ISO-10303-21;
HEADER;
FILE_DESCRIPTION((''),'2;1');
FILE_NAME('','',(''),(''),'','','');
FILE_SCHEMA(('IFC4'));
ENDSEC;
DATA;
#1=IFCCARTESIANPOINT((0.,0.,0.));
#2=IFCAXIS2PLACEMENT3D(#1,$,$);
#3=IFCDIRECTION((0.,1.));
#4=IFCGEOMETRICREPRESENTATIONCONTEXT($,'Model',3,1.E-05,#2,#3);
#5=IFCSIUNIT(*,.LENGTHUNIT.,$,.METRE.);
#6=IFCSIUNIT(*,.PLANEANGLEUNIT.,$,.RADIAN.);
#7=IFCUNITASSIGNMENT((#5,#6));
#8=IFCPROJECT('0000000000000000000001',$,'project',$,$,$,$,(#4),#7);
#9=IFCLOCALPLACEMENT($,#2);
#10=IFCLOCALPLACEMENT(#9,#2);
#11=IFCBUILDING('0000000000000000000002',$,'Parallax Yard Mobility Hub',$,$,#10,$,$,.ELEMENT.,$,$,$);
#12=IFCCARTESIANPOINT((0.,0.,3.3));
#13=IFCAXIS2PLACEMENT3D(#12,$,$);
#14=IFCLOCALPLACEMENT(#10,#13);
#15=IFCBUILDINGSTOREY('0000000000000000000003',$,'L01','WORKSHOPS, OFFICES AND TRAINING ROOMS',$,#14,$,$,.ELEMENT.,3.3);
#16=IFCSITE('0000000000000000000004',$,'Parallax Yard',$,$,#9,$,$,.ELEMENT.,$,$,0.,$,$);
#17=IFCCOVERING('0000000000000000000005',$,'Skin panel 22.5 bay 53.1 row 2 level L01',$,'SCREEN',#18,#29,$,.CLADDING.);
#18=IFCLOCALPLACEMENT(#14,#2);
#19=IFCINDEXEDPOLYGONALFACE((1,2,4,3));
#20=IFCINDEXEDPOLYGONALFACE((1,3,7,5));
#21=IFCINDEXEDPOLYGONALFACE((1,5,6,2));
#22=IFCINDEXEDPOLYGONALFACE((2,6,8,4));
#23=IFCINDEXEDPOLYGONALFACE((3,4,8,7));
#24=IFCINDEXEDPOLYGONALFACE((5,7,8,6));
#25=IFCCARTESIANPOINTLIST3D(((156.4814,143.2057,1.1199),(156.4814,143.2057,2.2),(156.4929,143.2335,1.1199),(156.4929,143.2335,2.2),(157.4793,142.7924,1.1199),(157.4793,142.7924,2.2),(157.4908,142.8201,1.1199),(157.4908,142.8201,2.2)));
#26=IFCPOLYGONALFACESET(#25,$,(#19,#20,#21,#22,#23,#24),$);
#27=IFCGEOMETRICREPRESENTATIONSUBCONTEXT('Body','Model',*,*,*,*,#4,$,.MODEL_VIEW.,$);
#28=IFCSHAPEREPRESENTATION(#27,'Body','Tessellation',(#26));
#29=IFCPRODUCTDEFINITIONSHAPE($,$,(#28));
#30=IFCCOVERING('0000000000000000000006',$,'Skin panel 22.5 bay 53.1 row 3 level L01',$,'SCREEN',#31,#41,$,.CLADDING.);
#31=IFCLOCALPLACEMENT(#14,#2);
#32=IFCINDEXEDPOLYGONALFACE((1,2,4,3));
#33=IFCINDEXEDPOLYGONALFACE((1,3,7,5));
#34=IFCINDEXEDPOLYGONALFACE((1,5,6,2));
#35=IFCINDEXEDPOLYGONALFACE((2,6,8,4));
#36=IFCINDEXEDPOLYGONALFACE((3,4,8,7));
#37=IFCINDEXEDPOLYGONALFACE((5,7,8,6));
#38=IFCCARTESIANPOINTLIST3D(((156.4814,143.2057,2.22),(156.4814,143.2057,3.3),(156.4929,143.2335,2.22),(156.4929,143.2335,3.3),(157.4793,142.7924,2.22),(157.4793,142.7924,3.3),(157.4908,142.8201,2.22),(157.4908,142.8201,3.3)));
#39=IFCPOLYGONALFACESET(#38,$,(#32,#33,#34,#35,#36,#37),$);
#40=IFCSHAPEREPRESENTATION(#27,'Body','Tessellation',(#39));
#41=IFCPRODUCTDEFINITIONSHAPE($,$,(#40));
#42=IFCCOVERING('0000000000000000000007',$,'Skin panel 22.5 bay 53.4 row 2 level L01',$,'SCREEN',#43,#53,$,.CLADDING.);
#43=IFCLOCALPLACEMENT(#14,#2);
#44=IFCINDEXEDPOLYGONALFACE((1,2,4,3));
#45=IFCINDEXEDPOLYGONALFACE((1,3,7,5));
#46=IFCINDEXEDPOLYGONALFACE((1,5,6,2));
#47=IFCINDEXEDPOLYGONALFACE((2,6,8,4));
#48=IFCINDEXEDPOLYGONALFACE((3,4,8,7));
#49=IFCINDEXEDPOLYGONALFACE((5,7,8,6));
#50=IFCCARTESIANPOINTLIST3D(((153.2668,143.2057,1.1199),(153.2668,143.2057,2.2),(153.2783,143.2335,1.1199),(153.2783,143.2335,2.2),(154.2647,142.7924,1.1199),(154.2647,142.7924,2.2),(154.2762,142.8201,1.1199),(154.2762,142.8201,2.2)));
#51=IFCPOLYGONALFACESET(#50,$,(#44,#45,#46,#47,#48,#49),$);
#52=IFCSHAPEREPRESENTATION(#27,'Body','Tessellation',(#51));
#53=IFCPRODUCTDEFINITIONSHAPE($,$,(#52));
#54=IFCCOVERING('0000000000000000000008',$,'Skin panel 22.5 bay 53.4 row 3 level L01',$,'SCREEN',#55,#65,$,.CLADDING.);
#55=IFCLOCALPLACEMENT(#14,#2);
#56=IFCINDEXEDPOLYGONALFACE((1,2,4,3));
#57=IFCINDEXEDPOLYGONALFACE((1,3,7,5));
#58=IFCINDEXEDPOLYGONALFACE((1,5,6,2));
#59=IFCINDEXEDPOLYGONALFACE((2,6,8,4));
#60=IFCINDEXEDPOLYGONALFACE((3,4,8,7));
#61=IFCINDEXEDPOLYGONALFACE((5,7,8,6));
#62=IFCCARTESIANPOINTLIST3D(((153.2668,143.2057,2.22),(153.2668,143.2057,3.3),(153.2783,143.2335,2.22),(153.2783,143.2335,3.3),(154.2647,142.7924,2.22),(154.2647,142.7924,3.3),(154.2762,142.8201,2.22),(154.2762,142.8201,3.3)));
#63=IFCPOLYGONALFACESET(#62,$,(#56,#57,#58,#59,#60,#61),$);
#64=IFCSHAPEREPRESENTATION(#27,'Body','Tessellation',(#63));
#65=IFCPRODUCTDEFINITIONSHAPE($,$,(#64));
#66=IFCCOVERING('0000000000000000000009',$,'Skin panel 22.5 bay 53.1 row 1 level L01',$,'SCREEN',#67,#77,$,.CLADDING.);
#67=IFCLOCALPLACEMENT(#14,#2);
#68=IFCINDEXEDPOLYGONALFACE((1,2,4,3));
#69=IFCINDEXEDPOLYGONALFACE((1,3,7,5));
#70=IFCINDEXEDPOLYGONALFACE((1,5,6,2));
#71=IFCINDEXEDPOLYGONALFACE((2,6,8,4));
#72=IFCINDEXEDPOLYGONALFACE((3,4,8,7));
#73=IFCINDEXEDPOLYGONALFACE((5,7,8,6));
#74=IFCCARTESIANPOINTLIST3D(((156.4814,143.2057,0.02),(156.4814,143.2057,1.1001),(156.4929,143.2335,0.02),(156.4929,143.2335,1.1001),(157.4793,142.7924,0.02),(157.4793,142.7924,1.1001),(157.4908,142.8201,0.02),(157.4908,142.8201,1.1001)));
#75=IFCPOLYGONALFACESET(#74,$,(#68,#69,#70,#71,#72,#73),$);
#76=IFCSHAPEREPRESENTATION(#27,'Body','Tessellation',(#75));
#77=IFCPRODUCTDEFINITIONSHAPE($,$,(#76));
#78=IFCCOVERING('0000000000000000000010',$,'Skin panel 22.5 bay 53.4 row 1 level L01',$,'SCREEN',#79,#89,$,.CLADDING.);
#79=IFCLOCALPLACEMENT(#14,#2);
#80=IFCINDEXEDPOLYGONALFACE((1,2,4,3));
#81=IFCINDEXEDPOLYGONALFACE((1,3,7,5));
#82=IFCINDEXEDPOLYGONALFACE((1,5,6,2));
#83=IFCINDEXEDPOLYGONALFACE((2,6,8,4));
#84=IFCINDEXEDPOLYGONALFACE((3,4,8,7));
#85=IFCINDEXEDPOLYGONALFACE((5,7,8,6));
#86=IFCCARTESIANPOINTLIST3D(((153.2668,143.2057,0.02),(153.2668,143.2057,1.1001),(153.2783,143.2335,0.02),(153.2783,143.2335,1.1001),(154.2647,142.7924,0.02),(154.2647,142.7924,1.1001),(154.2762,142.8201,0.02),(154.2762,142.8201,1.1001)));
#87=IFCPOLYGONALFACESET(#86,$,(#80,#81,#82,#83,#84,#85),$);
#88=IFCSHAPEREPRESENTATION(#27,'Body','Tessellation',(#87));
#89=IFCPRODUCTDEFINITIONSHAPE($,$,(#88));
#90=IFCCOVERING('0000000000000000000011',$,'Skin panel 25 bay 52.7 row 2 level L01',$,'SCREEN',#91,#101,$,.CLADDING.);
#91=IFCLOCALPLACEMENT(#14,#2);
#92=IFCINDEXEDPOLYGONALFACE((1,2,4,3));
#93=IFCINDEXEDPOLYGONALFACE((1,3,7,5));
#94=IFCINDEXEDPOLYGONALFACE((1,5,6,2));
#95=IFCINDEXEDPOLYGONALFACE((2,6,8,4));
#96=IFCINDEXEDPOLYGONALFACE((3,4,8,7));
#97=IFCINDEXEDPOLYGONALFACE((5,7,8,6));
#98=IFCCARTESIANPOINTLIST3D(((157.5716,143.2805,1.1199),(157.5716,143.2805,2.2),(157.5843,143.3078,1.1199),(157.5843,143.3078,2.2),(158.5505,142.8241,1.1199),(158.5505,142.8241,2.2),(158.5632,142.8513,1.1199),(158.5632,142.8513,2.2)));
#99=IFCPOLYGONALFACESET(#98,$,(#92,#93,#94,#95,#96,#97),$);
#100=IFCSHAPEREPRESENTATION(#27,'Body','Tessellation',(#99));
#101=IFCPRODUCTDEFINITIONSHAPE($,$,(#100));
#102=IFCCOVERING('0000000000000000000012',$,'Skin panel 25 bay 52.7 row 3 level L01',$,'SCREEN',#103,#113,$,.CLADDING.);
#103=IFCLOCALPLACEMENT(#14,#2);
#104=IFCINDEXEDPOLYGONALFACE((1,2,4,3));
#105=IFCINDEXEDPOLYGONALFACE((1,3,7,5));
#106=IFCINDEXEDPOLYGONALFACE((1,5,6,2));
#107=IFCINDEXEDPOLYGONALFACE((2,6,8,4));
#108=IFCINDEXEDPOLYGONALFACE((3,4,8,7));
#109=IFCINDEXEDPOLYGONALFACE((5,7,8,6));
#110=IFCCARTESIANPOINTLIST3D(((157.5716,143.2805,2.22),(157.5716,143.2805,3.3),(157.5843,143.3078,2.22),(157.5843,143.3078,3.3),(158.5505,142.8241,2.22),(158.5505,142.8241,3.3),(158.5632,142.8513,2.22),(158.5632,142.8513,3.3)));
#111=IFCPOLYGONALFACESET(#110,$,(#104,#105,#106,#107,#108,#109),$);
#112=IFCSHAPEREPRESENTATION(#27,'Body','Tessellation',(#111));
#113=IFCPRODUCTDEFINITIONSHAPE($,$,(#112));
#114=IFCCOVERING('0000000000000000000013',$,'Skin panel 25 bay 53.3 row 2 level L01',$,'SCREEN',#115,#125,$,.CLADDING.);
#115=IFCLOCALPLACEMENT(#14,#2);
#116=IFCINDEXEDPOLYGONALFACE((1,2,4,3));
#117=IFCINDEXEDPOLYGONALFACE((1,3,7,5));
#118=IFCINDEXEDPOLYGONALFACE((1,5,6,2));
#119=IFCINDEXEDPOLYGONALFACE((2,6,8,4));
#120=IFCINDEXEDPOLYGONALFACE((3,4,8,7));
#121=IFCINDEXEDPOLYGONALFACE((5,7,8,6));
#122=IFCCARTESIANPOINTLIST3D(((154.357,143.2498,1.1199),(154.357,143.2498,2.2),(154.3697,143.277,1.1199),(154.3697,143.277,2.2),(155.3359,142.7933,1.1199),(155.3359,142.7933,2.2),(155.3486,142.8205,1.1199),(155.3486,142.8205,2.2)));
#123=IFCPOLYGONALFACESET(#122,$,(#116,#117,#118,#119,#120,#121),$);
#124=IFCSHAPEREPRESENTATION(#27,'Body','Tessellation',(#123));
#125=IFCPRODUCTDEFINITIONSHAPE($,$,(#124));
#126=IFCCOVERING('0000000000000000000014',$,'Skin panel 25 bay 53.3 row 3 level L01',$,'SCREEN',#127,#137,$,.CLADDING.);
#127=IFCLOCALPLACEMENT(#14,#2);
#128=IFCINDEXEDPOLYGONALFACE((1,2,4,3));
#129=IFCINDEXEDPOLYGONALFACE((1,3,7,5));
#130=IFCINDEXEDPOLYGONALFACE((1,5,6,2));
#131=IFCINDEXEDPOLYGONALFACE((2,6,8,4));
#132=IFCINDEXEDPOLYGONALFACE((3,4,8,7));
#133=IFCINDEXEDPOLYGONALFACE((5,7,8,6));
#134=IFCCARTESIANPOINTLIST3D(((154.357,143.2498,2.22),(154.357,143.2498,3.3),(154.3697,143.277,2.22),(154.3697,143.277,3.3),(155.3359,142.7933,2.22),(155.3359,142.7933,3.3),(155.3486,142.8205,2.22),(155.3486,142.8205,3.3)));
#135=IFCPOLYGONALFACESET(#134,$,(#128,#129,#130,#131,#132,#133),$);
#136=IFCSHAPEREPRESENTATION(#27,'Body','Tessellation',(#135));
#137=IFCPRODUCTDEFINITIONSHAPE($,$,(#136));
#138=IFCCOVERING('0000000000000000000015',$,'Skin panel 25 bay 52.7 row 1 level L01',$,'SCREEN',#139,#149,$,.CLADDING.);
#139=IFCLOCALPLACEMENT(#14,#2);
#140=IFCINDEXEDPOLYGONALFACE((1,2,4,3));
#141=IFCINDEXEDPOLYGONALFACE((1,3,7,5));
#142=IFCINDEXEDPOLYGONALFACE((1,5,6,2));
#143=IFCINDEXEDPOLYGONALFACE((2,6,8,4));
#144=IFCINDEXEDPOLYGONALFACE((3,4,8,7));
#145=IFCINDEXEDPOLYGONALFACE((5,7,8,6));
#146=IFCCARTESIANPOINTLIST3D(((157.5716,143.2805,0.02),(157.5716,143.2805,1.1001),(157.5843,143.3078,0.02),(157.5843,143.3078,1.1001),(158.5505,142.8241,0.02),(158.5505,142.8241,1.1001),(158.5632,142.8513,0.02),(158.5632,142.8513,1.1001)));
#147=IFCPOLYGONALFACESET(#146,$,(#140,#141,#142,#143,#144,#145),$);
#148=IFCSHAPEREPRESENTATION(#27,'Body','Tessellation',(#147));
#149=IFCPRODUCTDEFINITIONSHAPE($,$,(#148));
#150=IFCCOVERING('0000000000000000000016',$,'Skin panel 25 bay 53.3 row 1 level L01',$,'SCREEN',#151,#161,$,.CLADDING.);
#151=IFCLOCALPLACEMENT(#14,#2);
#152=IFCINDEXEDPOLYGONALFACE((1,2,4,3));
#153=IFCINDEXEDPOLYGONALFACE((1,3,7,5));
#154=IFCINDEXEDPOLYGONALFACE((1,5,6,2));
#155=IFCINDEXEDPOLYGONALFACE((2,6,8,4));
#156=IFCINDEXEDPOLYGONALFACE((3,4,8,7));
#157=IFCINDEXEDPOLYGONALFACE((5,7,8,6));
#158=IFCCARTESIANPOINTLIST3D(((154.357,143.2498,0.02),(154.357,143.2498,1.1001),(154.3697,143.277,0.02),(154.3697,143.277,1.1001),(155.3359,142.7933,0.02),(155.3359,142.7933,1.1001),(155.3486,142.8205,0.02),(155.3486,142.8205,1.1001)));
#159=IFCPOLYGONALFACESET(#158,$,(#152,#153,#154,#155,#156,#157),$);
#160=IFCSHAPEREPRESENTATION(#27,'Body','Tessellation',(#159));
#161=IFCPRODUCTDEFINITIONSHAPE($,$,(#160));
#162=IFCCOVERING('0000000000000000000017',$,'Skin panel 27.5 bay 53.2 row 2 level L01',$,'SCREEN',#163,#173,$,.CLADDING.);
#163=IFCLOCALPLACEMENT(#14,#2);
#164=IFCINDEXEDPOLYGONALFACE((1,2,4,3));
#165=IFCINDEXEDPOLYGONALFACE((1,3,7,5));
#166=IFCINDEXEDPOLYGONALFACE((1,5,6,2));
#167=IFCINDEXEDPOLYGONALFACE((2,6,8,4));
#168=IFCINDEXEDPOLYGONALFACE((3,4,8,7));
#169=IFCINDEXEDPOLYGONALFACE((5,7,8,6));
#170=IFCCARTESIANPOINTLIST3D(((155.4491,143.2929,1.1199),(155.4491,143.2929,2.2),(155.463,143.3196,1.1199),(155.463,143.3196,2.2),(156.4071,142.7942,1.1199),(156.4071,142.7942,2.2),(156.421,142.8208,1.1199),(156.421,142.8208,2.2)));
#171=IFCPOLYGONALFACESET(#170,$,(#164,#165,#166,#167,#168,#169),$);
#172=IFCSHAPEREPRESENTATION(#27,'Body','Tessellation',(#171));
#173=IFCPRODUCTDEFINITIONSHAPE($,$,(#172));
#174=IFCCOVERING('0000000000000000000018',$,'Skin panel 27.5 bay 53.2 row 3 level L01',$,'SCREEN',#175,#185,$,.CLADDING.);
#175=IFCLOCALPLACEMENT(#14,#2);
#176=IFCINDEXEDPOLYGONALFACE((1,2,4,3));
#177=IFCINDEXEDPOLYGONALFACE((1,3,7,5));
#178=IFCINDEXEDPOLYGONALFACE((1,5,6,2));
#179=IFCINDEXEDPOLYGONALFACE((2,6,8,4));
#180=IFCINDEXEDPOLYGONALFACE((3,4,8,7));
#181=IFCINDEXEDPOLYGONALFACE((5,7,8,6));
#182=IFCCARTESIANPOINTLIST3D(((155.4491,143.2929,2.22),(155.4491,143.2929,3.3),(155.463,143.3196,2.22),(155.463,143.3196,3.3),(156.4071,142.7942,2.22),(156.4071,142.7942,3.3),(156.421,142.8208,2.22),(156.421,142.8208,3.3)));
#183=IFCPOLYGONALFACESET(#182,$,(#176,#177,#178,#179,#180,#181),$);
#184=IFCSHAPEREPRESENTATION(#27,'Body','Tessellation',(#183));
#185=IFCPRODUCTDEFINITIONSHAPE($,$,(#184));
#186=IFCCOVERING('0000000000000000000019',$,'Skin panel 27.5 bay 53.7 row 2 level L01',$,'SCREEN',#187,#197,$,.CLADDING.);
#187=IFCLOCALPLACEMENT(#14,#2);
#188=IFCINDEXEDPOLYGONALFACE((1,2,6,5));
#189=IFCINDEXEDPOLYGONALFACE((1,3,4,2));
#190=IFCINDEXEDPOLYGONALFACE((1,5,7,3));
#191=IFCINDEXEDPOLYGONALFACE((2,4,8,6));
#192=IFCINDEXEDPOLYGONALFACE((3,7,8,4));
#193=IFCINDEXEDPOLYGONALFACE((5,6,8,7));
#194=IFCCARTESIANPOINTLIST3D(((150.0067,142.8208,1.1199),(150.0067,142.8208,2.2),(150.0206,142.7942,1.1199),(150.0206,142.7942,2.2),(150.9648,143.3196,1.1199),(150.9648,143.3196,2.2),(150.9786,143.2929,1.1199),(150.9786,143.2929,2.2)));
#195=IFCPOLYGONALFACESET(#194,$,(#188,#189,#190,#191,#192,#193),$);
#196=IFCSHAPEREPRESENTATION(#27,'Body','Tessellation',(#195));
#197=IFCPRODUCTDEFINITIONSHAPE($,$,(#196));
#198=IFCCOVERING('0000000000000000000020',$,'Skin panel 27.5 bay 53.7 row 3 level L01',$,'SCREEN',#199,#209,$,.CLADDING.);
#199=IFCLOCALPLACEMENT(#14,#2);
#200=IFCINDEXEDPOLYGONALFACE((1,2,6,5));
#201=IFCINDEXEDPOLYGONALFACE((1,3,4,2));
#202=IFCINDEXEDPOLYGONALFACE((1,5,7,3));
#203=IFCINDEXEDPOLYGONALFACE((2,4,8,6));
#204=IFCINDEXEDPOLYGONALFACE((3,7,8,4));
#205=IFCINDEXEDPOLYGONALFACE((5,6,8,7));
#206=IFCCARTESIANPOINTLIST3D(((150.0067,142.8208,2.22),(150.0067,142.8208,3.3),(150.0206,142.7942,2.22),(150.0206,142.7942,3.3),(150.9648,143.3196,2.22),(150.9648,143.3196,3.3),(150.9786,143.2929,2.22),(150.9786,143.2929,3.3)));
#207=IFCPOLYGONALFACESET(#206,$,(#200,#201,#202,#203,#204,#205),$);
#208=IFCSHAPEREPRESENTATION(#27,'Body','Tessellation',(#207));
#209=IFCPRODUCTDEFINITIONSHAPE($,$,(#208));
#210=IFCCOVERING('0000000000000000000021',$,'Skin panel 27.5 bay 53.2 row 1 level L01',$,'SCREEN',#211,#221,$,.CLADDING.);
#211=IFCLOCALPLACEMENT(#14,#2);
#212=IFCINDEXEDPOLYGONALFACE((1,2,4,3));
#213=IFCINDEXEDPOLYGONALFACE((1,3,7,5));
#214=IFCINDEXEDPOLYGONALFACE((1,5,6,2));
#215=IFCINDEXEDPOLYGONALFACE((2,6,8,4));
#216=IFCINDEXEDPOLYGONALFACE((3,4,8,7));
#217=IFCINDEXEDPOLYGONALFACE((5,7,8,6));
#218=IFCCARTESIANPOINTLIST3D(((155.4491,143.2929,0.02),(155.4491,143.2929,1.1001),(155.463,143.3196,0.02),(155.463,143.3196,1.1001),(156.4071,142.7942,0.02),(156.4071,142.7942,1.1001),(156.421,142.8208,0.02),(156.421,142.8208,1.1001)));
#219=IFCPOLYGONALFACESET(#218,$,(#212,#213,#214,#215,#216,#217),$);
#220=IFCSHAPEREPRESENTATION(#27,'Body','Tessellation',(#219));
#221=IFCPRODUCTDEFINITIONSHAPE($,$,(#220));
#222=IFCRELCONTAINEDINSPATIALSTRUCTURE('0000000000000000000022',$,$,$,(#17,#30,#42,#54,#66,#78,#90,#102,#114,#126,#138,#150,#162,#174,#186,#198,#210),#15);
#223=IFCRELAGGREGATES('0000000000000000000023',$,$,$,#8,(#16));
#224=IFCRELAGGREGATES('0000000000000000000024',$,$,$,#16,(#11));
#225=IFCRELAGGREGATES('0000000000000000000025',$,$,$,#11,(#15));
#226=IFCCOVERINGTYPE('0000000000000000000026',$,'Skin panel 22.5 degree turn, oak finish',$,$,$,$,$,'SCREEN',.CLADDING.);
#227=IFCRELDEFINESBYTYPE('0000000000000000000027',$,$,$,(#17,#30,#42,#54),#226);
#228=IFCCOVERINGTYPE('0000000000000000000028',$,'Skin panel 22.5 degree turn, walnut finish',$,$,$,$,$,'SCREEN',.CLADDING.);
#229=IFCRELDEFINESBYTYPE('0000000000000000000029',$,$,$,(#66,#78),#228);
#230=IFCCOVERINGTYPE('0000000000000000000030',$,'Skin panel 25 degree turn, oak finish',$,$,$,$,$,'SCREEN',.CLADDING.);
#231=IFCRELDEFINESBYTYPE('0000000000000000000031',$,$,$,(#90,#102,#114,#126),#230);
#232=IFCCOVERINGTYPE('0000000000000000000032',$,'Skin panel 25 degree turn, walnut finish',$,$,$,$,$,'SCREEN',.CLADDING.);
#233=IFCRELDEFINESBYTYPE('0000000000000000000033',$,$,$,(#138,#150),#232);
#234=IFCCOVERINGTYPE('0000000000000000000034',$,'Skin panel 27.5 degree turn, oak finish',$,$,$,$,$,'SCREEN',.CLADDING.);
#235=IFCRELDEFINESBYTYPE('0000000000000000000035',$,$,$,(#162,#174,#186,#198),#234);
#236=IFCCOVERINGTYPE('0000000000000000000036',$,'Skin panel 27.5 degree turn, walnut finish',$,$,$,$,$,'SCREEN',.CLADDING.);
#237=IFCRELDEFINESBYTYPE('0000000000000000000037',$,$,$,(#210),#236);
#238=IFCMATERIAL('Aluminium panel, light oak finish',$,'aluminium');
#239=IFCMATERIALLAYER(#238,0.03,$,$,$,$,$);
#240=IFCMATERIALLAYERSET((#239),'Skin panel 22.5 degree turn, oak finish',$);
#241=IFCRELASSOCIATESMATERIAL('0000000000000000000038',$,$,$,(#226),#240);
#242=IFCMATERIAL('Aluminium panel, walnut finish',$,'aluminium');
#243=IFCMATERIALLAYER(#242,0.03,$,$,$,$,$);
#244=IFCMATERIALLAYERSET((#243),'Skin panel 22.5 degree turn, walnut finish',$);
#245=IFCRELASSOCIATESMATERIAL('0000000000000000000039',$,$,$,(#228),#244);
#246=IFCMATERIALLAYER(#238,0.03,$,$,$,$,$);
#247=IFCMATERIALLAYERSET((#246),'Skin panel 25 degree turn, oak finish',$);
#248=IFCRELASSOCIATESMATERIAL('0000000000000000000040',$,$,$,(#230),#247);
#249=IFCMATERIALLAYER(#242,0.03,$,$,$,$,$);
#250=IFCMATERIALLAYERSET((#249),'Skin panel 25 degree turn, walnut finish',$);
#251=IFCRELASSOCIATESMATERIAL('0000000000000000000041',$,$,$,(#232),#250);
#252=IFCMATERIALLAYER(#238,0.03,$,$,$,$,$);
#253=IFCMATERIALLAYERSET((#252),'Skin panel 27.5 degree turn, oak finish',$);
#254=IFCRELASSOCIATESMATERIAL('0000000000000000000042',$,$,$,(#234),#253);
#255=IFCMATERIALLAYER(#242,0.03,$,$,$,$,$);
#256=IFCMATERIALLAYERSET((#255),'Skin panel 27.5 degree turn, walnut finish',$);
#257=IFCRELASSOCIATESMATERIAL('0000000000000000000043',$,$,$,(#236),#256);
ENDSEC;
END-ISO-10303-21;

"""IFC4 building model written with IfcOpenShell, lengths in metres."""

from ifc_helpers import new_model, si_unit, direction, frame, origin, origin_2d, place, context, subcontext, project, spatial, rectangle, extrude, material, layer, layer_set, type_object, element, save


model = new_model("IFC4")

# Units and contexts
model_context = context("Model", 3, precision=1e-05, world=origin(), true_north=direction((0.0, 1.0)))
body_context = subcontext(model_context, "Body", "Model", "MODEL_VIEW")
ifc_project = project(units=[si_unit("LENGTHUNIT", "METRE"), si_unit("PLANEANGLEUNIT", "RADIAN")], contexts=[model_context])

# Site, building, storey
site_placement = place(None, origin())
site = spatial("IfcSite", under=ifc_project, at=site_placement, Name="Parallax Yard", CompositionType="ELEMENT", RefElevation=0.0)
building_placement = place(site_placement, origin())
building = spatial("IfcBuilding", under=site, at=building_placement, Name="Parallax Yard Mobility Hub", CompositionType="ELEMENT")
storey_placement = place(building_placement, frame((0.0, 0.0, 3.3)))
storey = spatial("IfcBuildingStorey", under=building, at=storey_placement, Name="L01", Description="WORKSHOPS, OFFICES AND TRAINING ROOMS", CompositionType="ELEMENT", Elevation=3.3)

# Coverings
ifc_material_1 = material(Name="Aluminium panel, light oak finish", Category="aluminium")
ifc_layer_1 = layer(ifc_material_1, 0.03)
ifc_layer_set_1 = layer_set([ifc_layer_1], Name="Skin panel 22.5 degree turn, oak finish")
covering_type_1 = type_object("IfcCoveringType", Name="Skin panel 22.5 degree turn, oak finish", ElementType="SCREEN", PredefinedType="CLADDING", material=ifc_layer_set_1)
for number, where, z_axis, x_axis, name in (
    (1, (156.9861, 143.0129, 1.1199), (0.0, 0.0, 1.0), (-0.92388, 0.382683, 0.0), "Skin panel 22.5 bay 53.1 row 2 level L01"),
    (2, (156.9861, 143.0129, 2.22), (0.0, 0.0, 1.0), (-0.92388, 0.382683, 0.0), "Skin panel 22.5 bay 53.1 row 3 level L01"),
    (3, (153.7715, 143.0129, 1.1199), (0.0, 0.0, 1.0), (-0.92388, 0.382683, 0.0), "Skin panel 22.5 bay 53.4 row 2 level L01"),
    (4, (153.7715, 143.0129, 2.22), (0.0, 0.0, 1.0), (-0.92388, 0.382683, 0.0), "Skin panel 22.5 bay 53.4 row 3 level L01"),
):
    element("IfcCovering", number, at=place(storey_placement, frame(where, z_axis=z_axis, x_axis=x_axis)), inside=storey, type_object=covering_type_1, Name=name, ObjectType="SCREEN", PredefinedType="CLADDING", context=body_context, shape_type="SweptSolid", body=[
        extrude(rectangle(XDim=1.0801, YDim=0.03, at=origin_2d()), origin(), (0.0, 0.0, 1.0), 1.0801),
    ])
ifc_material_2 = material(Name="Aluminium panel, walnut finish", Category="aluminium")
ifc_layer_2 = layer(ifc_material_2, 0.03)
ifc_layer_set_2 = layer_set([ifc_layer_2], Name="Skin panel 22.5 degree turn, walnut finish")
covering_type_2 = type_object("IfcCoveringType", Name="Skin panel 22.5 degree turn, walnut finish", ElementType="SCREEN", PredefinedType="CLADDING", material=ifc_layer_set_2)
for number, where, z_axis, x_axis, name in (
    (5, (156.9861, 143.0129, 0.02), (0.0, 0.0, 1.0), (-0.92388, 0.382683, 0.0), "Skin panel 22.5 bay 53.1 row 1 level L01"),
    (6, (153.7715, 143.0129, 0.02), (0.0, 0.0, 1.0), (-0.92388, 0.382683, 0.0), "Skin panel 22.5 bay 53.4 row 1 level L01"),
):
    element("IfcCovering", number, at=place(storey_placement, frame(where, z_axis=z_axis, x_axis=x_axis)), inside=storey, type_object=covering_type_2, Name=name, ObjectType="SCREEN", PredefinedType="CLADDING", context=body_context, shape_type="SweptSolid", body=[
        extrude(rectangle(XDim=1.0801, YDim=0.03, at=origin_2d()), origin(), (0.0, 0.0, 1.0), 1.0801),
    ])
ifc_layer_3 = layer(ifc_material_1, 0.03)
ifc_layer_set_3 = layer_set([ifc_layer_3], Name="Skin panel 25 degree turn, oak finish")
covering_type_3 = type_object("IfcCoveringType", Name="Skin panel 25 degree turn, oak finish", ElementType="SCREEN", PredefinedType="CLADDING", material=ifc_layer_set_3)
for number, where, z_axis, x_axis, name in (
    (7, (158.0674, 143.0659, 1.1199), (0.0, 0.0, 1.0), (-0.906308, 0.422618, 0.0), "Skin panel 25 bay 52.7 row 2 level L01"),
    (8, (158.0674, 143.0659, 2.22), (0.0, 0.0, 1.0), (-0.906308, 0.422618, 0.0), "Skin panel 25 bay 52.7 row 3 level L01"),
    (9, (154.8528, 143.0352, 1.1199), (0.0, 0.0, 1.0), (-0.906308, 0.422618, 0.0), "Skin panel 25 bay 53.3 row 2 level L01"),
    (10, (154.8528, 143.0352, 2.22), (0.0, 0.0, 1.0), (-0.906308, 0.422618, 0.0), "Skin panel 25 bay 53.3 row 3 level L01"),
):
    element("IfcCovering", number, at=place(storey_placement, frame(where, z_axis=z_axis, x_axis=x_axis)), inside=storey, type_object=covering_type_3, Name=name, ObjectType="SCREEN", PredefinedType="CLADDING", context=body_context, shape_type="SweptSolid", body=[
        extrude(rectangle(XDim=1.0801, YDim=0.03, at=origin_2d()), origin(), (0.0, 0.0, 1.0), 1.0801),
    ])
ifc_layer_4 = layer(ifc_material_2, 0.03)
ifc_layer_set_4 = layer_set([ifc_layer_4], Name="Skin panel 25 degree turn, walnut finish")
covering_type_4 = type_object("IfcCoveringType", Name="Skin panel 25 degree turn, walnut finish", ElementType="SCREEN", PredefinedType="CLADDING", material=ifc_layer_set_4)
for number, where, z_axis, x_axis, name in (
    (11, (158.0674, 143.0659, 0.02), (0.0, 0.0, 1.0), (-0.906308, 0.422618, 0.0), "Skin panel 25 bay 52.7 row 1 level L01"),
    (12, (154.8528, 143.0352, 0.02), (0.0, 0.0, 1.0), (-0.906308, 0.422618, 0.0), "Skin panel 25 bay 53.3 row 1 level L01"),
):
    element("IfcCovering", number, at=place(storey_placement, frame(where, z_axis=z_axis, x_axis=x_axis)), inside=storey, type_object=covering_type_4, Name=name, ObjectType="SCREEN", PredefinedType="CLADDING", context=body_context, shape_type="SweptSolid", body=[
        extrude(rectangle(XDim=1.0801, YDim=0.03, at=origin_2d()), origin(), (0.0, 0.0, 1.0), 1.0801),
    ])
ifc_layer_5 = layer(ifc_material_1, 0.03)
ifc_layer_set_5 = layer_set([ifc_layer_5], Name="Skin panel 27.5 degree turn, oak finish")
covering_type_5 = type_object("IfcCoveringType", Name="Skin panel 27.5 degree turn, oak finish", ElementType="SCREEN", PredefinedType="CLADDING", material=ifc_layer_set_5)
for number, where, z_axis, x_axis, name in (
    (13, (155.9351, 143.0569, 1.1199), (0.0, 0.0, 1.0), (-0.887011, 0.461749, 0.0), "Skin panel 27.5 bay 53.2 row 2 level L01"),
    (14, (155.9351, 143.0569, 2.22), (0.0, 0.0, 1.0), (-0.887011, 0.461749, 0.0), "Skin panel 27.5 bay 53.2 row 3 level L01"),
    (15, (150.4927, 143.0569, 1.1199), (0.0, 0.0, 1.0), (0.887011, 0.461749, 0.0), "Skin panel 27.5 bay 53.7 row 2 level L01"),
    (16, (150.4927, 143.0569, 2.22), (0.0, 0.0, 1.0), (0.887011, 0.461749, 0.0), "Skin panel 27.5 bay 53.7 row 3 level L01"),
):
    element("IfcCovering", number, at=place(storey_placement, frame(where, z_axis=z_axis, x_axis=x_axis)), inside=storey, type_object=covering_type_5, Name=name, ObjectType="SCREEN", PredefinedType="CLADDING", context=body_context, shape_type="SweptSolid", body=[
        extrude(rectangle(XDim=1.0801, YDim=0.03, at=origin_2d()), origin(), (0.0, 0.0, 1.0), 1.0801),
    ])
ifc_layer_6 = layer(ifc_material_2, 0.03)
ifc_layer_set_6 = layer_set([ifc_layer_6], Name="Skin panel 27.5 degree turn, walnut finish")
covering_type_6 = type_object("IfcCoveringType", Name="Skin panel 27.5 degree turn, walnut finish", ElementType="SCREEN", PredefinedType="CLADDING", material=ifc_layer_set_6)
for number, where, z_axis, x_axis, name in (
    (17, (155.9351, 143.0569, 0.02), (0.0, 0.0, 1.0), (-0.887011, 0.461749, 0.0), "Skin panel 27.5 bay 53.2 row 1 level L01"),
):
    element("IfcCovering", number, at=place(storey_placement, frame(where, z_axis=z_axis, x_axis=x_axis)), inside=storey, type_object=covering_type_6, Name=name, ObjectType="SCREEN", PredefinedType="CLADDING", context=body_context, shape_type="SweptSolid", body=[
        extrude(rectangle(XDim=1.0801, YDim=0.03, at=origin_2d()), origin(), (0.0, 0.0, 1.0), 1.0801),
    ])

save(model, "model.ifc")
